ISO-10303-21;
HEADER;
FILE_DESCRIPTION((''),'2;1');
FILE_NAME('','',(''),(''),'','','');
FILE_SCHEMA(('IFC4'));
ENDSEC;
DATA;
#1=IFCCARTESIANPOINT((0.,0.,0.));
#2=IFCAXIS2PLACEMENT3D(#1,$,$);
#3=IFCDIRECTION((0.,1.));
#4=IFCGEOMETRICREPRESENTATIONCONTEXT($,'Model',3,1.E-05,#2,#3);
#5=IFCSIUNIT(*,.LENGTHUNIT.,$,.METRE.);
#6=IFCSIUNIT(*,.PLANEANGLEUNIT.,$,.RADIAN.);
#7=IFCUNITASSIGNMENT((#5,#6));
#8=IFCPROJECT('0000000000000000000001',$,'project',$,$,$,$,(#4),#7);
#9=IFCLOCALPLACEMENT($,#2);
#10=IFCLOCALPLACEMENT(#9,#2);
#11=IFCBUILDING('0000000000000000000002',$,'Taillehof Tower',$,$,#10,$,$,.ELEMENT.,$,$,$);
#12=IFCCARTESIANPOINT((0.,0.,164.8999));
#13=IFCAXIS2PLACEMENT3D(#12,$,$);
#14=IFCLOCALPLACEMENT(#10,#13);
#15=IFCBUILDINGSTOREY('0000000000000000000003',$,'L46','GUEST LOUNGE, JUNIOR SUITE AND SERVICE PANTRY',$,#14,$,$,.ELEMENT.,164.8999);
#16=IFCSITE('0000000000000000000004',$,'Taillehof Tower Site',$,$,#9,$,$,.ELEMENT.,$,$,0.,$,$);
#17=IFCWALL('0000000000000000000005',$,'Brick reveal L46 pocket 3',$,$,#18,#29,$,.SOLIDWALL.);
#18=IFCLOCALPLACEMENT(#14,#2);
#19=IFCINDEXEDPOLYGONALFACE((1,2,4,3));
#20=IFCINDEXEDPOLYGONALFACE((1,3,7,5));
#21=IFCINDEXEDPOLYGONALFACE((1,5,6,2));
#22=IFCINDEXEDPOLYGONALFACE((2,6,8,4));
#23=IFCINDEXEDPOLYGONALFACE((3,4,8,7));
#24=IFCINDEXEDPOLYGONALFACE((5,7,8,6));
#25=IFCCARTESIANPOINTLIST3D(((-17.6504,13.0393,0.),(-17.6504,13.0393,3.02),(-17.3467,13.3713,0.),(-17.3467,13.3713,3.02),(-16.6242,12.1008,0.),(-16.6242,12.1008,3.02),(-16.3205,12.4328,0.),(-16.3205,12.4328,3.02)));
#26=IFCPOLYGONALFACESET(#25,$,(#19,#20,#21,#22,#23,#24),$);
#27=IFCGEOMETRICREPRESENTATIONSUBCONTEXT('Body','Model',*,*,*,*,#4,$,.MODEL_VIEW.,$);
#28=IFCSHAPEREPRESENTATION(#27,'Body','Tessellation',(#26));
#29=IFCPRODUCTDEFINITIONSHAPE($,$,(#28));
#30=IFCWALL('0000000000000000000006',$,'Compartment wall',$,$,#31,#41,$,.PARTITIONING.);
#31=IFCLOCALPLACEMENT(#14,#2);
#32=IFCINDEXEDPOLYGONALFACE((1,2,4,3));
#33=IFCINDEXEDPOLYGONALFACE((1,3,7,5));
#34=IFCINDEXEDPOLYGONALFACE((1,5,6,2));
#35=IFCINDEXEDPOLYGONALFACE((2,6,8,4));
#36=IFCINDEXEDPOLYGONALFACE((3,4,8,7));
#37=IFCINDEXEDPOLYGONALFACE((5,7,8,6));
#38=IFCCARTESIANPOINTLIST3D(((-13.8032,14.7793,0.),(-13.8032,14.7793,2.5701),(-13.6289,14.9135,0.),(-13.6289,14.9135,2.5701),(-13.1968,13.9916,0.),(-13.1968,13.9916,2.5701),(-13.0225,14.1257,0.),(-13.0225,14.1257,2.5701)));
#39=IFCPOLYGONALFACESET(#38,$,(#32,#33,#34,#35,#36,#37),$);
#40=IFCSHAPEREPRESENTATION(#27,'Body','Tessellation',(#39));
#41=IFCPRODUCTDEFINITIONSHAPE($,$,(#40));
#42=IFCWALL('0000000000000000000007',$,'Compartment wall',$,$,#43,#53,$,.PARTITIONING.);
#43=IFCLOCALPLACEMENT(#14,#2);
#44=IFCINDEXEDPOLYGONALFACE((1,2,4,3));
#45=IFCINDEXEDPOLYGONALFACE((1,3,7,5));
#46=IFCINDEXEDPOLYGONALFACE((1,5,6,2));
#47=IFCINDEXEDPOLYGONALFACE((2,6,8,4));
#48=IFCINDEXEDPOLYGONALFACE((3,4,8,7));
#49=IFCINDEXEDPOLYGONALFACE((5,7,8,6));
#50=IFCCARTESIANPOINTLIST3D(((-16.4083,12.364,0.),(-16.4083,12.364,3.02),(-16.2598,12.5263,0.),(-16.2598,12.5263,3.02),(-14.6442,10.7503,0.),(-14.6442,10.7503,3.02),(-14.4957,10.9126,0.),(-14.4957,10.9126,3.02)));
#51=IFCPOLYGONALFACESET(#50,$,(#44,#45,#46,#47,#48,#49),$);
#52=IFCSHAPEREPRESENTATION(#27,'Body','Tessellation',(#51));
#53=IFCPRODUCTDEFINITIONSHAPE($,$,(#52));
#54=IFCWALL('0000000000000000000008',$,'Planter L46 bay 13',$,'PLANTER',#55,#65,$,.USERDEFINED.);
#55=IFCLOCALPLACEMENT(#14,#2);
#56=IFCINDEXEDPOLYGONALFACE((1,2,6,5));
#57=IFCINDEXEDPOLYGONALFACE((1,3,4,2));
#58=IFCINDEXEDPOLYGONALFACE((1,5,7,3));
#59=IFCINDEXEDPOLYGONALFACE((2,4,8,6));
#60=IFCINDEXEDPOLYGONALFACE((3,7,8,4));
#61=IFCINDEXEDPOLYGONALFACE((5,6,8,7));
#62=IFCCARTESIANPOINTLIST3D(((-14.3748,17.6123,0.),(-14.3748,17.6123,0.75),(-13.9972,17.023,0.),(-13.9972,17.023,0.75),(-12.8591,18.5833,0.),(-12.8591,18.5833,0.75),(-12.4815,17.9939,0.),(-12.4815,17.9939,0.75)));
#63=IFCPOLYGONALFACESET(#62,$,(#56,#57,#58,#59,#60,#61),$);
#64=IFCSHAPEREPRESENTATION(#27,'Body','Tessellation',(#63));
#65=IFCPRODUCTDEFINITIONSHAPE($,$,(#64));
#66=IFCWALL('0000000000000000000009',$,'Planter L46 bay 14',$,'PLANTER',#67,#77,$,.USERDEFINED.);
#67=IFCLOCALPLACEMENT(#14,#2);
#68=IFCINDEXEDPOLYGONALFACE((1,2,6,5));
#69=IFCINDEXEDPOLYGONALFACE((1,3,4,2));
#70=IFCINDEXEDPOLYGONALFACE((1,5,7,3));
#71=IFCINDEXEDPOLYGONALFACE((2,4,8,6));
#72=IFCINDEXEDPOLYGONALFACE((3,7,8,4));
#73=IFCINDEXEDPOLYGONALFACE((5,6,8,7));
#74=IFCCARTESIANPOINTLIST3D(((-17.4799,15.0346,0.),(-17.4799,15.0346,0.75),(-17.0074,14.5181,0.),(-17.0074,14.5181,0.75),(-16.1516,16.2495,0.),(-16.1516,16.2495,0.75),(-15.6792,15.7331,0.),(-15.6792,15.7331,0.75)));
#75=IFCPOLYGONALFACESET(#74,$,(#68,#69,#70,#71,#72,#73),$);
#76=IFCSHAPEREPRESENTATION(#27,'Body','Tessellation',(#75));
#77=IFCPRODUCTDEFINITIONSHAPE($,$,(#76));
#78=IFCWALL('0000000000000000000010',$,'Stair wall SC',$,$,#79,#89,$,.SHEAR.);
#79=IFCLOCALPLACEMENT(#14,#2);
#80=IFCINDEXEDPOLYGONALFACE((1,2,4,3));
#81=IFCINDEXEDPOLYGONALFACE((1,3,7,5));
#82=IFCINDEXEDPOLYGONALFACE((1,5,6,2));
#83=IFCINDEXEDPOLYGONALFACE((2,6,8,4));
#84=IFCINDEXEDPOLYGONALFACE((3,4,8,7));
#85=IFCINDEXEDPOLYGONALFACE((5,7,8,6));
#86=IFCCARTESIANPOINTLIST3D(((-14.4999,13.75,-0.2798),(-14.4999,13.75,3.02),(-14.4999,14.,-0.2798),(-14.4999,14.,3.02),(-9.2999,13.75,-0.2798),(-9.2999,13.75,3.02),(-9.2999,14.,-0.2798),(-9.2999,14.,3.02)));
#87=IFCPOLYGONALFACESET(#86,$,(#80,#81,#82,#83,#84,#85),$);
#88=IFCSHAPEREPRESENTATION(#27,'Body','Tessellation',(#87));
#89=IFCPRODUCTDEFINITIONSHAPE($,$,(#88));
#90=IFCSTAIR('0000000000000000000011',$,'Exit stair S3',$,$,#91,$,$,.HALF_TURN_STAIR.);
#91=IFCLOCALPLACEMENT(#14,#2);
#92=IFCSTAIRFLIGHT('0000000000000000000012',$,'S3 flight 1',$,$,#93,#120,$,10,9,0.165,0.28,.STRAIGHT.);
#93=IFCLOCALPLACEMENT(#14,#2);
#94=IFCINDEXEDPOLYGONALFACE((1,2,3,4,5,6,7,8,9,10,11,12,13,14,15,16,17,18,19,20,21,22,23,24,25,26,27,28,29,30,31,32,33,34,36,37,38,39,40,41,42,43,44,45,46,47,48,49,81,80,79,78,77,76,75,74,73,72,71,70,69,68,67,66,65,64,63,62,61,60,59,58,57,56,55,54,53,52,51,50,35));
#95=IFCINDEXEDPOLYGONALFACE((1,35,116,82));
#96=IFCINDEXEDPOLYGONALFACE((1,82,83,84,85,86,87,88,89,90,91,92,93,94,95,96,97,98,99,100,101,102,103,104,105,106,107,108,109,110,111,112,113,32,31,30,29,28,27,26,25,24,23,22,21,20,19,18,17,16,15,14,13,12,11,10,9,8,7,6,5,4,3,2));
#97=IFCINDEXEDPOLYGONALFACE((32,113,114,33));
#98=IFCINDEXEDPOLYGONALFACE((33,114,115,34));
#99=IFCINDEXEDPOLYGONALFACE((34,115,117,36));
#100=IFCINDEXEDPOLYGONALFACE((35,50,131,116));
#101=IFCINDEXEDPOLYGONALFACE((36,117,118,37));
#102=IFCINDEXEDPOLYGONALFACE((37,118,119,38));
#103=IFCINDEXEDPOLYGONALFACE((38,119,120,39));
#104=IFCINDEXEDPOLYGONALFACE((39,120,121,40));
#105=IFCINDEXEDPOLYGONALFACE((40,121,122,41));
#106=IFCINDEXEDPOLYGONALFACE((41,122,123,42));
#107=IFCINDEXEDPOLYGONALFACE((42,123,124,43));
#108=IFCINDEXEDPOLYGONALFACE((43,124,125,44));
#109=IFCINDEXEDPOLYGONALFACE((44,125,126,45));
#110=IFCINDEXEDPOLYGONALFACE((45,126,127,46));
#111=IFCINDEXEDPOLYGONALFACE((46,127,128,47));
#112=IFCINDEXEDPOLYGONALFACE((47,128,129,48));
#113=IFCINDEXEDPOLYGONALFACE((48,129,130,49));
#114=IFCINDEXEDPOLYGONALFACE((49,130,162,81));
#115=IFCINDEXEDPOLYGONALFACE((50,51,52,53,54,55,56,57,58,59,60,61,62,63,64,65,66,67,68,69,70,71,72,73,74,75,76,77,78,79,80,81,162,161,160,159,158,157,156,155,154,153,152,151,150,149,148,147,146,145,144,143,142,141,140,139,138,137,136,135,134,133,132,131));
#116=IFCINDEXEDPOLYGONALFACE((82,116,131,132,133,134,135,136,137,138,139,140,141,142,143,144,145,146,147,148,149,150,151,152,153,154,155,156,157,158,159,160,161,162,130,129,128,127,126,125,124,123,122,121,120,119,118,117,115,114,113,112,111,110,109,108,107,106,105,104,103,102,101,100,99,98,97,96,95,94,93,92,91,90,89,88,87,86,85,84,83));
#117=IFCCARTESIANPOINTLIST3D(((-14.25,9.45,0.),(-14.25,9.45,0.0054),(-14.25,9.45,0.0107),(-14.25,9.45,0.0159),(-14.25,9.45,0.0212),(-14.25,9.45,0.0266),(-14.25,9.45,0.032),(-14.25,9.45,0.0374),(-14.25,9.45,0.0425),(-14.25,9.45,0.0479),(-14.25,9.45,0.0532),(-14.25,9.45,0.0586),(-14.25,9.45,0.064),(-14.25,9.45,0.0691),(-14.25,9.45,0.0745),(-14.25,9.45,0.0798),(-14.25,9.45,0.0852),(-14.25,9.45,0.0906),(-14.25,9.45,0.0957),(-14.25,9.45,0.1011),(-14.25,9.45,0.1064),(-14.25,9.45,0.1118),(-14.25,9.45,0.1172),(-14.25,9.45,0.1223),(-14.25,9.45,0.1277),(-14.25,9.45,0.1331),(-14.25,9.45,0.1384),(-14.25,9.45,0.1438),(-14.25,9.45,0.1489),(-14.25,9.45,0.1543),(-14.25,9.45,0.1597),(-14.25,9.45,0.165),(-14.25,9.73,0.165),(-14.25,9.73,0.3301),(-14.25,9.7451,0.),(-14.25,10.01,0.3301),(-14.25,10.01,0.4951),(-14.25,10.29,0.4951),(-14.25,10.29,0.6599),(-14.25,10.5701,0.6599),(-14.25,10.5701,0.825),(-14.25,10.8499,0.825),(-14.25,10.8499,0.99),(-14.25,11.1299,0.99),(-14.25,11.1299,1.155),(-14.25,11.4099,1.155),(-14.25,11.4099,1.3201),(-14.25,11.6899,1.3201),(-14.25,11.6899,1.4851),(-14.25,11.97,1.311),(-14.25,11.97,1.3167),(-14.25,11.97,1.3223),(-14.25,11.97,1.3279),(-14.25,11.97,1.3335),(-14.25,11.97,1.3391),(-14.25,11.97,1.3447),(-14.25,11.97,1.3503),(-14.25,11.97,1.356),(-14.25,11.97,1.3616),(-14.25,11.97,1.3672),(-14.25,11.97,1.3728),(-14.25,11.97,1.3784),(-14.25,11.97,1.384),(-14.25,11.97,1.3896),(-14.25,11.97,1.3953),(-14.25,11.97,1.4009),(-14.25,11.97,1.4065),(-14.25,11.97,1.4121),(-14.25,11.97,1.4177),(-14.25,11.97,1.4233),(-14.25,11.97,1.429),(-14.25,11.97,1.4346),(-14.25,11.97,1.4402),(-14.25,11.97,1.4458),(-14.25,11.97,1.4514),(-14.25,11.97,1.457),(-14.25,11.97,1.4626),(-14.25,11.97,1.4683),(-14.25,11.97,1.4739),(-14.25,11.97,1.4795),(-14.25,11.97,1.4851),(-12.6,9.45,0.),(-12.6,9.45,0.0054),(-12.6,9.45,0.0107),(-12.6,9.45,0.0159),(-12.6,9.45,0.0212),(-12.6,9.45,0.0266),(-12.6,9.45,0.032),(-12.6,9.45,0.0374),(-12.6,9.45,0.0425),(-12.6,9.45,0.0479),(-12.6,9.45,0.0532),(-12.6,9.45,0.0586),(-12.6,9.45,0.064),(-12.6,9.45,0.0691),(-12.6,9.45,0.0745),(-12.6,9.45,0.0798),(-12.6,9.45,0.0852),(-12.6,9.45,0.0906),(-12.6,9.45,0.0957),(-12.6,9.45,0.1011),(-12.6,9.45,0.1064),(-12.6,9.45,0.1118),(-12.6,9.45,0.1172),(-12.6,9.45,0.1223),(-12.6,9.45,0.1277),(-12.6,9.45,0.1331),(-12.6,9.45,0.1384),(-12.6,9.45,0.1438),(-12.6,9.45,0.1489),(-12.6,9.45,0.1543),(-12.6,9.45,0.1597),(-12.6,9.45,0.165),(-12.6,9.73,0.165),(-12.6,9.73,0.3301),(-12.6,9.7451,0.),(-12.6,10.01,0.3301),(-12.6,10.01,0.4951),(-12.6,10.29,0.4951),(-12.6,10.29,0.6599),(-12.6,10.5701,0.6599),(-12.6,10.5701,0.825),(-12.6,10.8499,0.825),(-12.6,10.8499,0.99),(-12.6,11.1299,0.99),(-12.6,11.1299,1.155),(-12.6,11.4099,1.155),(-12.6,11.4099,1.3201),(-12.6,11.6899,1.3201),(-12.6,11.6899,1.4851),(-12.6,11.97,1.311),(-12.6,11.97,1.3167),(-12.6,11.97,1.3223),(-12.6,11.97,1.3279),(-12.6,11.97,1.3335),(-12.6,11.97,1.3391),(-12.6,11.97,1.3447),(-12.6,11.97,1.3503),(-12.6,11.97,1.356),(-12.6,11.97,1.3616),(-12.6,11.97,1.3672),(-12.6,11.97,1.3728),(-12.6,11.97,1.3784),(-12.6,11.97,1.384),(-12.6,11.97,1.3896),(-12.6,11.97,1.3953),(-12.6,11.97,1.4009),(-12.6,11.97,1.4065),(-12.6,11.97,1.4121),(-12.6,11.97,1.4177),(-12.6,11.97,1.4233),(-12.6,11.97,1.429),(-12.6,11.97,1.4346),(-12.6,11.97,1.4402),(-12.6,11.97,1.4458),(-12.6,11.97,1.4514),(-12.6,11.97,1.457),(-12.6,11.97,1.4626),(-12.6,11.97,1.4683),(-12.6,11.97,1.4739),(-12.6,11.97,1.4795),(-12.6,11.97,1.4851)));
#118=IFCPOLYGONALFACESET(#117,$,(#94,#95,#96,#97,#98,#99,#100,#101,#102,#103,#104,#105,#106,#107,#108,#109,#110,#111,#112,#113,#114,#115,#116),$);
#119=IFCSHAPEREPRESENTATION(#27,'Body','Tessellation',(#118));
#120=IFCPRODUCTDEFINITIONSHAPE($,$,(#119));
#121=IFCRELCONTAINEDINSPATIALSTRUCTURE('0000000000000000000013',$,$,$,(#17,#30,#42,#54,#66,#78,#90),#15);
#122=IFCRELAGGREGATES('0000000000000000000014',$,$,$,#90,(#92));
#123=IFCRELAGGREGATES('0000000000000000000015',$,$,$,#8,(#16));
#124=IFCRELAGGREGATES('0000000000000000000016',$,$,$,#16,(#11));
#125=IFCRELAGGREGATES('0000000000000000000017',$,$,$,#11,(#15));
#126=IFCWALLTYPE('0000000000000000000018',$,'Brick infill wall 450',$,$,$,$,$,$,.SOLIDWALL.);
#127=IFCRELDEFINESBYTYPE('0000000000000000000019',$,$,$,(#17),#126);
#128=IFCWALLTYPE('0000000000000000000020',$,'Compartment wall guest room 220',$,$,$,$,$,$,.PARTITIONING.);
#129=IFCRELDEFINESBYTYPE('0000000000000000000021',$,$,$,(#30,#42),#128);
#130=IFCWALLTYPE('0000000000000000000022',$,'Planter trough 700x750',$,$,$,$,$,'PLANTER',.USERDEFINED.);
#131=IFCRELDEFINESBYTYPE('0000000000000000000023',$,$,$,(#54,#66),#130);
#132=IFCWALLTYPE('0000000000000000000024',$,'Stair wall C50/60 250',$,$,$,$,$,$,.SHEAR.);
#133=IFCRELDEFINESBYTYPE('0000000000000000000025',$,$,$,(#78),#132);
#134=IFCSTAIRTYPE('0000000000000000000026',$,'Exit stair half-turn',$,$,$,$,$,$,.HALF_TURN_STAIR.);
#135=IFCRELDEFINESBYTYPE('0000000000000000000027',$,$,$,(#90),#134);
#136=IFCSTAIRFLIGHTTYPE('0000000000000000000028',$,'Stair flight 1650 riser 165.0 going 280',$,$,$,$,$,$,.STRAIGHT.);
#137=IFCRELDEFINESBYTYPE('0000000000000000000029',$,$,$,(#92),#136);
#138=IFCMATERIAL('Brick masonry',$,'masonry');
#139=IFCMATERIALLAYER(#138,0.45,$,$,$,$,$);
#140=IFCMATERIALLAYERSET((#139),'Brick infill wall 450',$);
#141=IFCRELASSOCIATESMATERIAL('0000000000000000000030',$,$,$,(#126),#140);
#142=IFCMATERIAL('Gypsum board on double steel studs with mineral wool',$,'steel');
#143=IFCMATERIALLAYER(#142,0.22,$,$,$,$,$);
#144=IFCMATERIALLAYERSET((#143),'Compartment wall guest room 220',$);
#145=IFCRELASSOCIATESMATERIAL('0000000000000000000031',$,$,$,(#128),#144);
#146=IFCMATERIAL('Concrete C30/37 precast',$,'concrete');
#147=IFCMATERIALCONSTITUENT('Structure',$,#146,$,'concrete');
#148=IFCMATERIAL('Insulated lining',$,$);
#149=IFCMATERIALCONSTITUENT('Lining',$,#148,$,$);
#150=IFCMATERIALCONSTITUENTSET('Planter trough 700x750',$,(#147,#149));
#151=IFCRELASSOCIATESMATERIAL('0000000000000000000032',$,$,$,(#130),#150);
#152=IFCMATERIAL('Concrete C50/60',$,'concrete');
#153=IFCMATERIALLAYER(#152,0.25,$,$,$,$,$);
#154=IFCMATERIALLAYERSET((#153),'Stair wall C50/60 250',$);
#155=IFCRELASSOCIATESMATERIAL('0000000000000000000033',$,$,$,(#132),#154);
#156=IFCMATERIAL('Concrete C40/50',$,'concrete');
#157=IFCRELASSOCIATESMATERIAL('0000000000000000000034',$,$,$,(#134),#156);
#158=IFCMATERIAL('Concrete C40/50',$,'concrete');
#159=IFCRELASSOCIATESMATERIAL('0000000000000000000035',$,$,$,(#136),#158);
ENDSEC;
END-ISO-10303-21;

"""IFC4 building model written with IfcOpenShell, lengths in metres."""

from ifc_helpers import new_model, si_unit, direction, frame, frame_2d, origin, place, context, subcontext, project, spatial, polyline, rectangle, outline, extrude, material, layer, layer_set, constituent, constituent_set, type_object, element, aggregate, save


model = new_model("IFC4")

# Units and contexts
model_context = context("Model", 3, precision=1e-05, world=origin(), true_north=direction((0.0, 1.0)))
body_context = subcontext(model_context, "Body", "Model", "MODEL_VIEW")
ifc_project = project(units=[si_unit("LENGTHUNIT", "METRE"), si_unit("PLANEANGLEUNIT", "RADIAN")], contexts=[model_context])

# Site, building, storey
site_placement = place(None, origin())
site = spatial("IfcSite", under=ifc_project, at=site_placement, Name="Taillehof Tower Site", CompositionType="ELEMENT", RefElevation=0.0)
building_placement = place(site_placement, origin())
building = spatial("IfcBuilding", under=site, at=building_placement, Name="Taillehof Tower", CompositionType="ELEMENT")
storey_placement = place(building_placement, frame((0.0, 0.0, 164.8999)))
storey = spatial("IfcBuildingStorey", under=building, at=storey_placement, Name="L46", Description="GUEST LOUNGE, JUNIOR SUITE AND SERVICE PANTRY", CompositionType="ELEMENT", Elevation=164.8999)

# Shared definitions
ifc_material_1 = material(Name="Brick masonry", Category="masonry")
ifc_layer_1 = layer(ifc_material_1, 0.45)
ifc_layer_set_1 = layer_set([ifc_layer_1], Name="Brick infill wall 450")
wall_type_1 = type_object("IfcWallType", Name="Brick infill wall 450", PredefinedType="SOLIDWALL", material=ifc_layer_set_1)

# Wall
wall_1_placement = place(storey_placement, frame((-17.4985, 13.2053, 0.0), z_axis=(0.0, 0.0, 1.0), x_axis=(0.737919, -0.674889, 0.0)))
element("IfcWall", 1, at=wall_1_placement, inside=storey, type_object=wall_type_1, Name="Brick reveal L46 pocket 3", PredefinedType="SOLIDWALL", context=body_context, shape_type="SweptSolid", body=[
    extrude(rectangle(XDim=1.3906, YDim=0.45, at=frame_2d((0.6953, 0.0))), origin(), (0.0, 0.0, 1.0), 3.02),
])

# Walls
ifc_material_2 = material(Name="Gypsum board on double steel studs with mineral wool", Category="steel")
ifc_layer_2 = layer(ifc_material_2, 0.22)
ifc_layer_set_2 = layer_set([ifc_layer_2], Name="Compartment wall guest room 220")
wall_type_2 = type_object("IfcWallType", Name="Compartment wall guest room 220", PredefinedType="PARTITIONING", material=ifc_layer_set_2)
wall_2_placement = place(storey_placement, frame((-13.7161, 14.8464, 0.0), z_axis=(0.0, 0.0, 1.0), x_axis=(0.609972, -0.792423, 0.0)))
element("IfcWall", 2, at=wall_2_placement, inside=storey, type_object=wall_type_2, Name="Compartment wall", PredefinedType="PARTITIONING", context=body_context, shape_type="SweptSolid", body=[
    extrude(rectangle(XDim=0.9941, YDim=0.22, at=frame_2d((0.4971, 0.0))), origin(), (0.0, 0.0, 1.0), 2.5701),
])
wall_3_placement = place(storey_placement, frame((-16.334, 12.4451, 0.0), z_axis=(0.0, 0.0, 1.0), x_axis=(0.737857, -0.674957, 0.0)))
element("IfcWall", 3, at=wall_3_placement, inside=storey, type_object=wall_type_2, Name="Compartment wall", PredefinedType="PARTITIONING", context=body_context, shape_type="SweptSolid", body=[
    extrude(rectangle(XDim=2.3909, YDim=0.22, at=frame_2d((1.1953, 0.0))), origin(), (0.0, 0.0, 1.0), 3.02),
])
ifc_material_3 = material(Name="Concrete C30/37 precast", Category="concrete")
ifc_constituent_1 = constituent(ifc_material_3, Name="Structure", Category="concrete")
ifc_material_4 = material(Name="Insulated lining")
ifc_constituent_2 = constituent(ifc_material_4, Name="Lining")
ifc_constituent_set = constituent_set(constituents=[ifc_constituent_1, ifc_constituent_2], Name="Planter trough 700x750")
wall_type_3 = type_object("IfcWallType", Name="Planter trough 700x750", ElementType="PLANTER", PredefinedType="USERDEFINED", material=ifc_constituent_set)
for number, where, z_axis, x_axis, name in (
    (4, (-12.6704, 18.2886, 0.0), (0.0, 0.0, 1.0), (-0.842032, -0.539427, 0.0), "Planter L46 bay 13"),
    (5, (-15.9155, 15.9912, 0.0), (0.0, 0.0, 1.0), (-0.737874, -0.674938, 0.0), "Planter L46 bay 14"),
):
    element("IfcWall", number, at=place(storey_placement, frame(where, z_axis=z_axis, x_axis=x_axis)), inside=storey, type_object=wall_type_3, Name=name, ObjectType="PLANTER", PredefinedType="USERDEFINED", context=body_context, shape_type="SweptSolid", body=[
        extrude(rectangle(XDim=1.8, YDim=0.7, at=frame_2d((0.8999, 0.0))), origin(), (0.0, 0.0, 1.0), 0.75),
    ])
ifc_material_5 = material(Name="Concrete C50/60", Category="concrete")
ifc_layer_3 = layer(ifc_material_5, 0.25)
ifc_layer_set_3 = layer_set([ifc_layer_3], Name="Stair wall C50/60 250")
wall_type_4 = type_object("IfcWallType", Name="Stair wall C50/60 250", PredefinedType="SHEAR", material=ifc_layer_set_3)
wall_4_placement = place(storey_placement, frame((-14.5, 13.875, -0.2798), z_axis=(0.0, 0.0, 1.0), x_axis=(1.0, 0.0, 0.0)))
element("IfcWall", 6, at=wall_4_placement, inside=storey, type_object=wall_type_4, Name="Stair wall SC", PredefinedType="SHEAR", context=body_context, shape_type="SweptSolid", body=[
    extrude(rectangle(XDim=5.2, YDim=0.25, at=frame_2d((2.6001, 0.0))), origin(), (0.0, 0.0, 1.0), 3.2998),
])

# Stair, stair flight
ifc_material_6 = material(Name="Concrete C40/50", Category="concrete")
stair_type = type_object("IfcStairType", Name="Exit stair half-turn", PredefinedType="HALF_TURN_STAIR", material=ifc_material_6)
stair_placement = place(storey_placement, origin())
stair = element("IfcStair", 7, at=stair_placement, inside=storey, type_object=stair_type, Name="Exit stair S3", PredefinedType="HALF_TURN_STAIR")
ifc_material_7 = material(Name="Concrete C40/50", Category="concrete")
stair_flight_type = type_object("IfcStairFlightType", Name="Stair flight 1650 riser 165.0 going 280", PredefinedType="STRAIGHT", material=ifc_material_7)
stair_flight_placement = place(storey_placement, frame((-13.425, 9.45, 0.0), z_axis=(0.0, 0.0, 1.0), x_axis=(0.0, 1.0, 0.0)))
stair_flight = element("IfcStairFlight", 8, at=stair_flight_placement, type_object=stair_flight_type, Name="S3 flight 1", NumberOfRisers=10, NumberOfTreads=9, PredefinedType="STRAIGHT", RiserHeight=0.165, TreadLength=0.28, context=body_context, shape_type="SweptSolid", body=[
    extrude(outline(polyline([(0.0, 0.0), (0.0, 0.0054), (0.0, 0.0107), (0.0, 0.0159), (0.0, 0.0212), (0.0, 0.0266), (0.0, 0.032), (0.0, 0.0374), (0.0, 0.0425), (0.0, 0.0479), (0.0, 0.0532), (0.0, 0.0586), (0.0, 0.064), (0.0, 0.0691), (0.0, 0.0745), (0.0, 0.0798), (0.0, 0.0852), (0.0, 0.0906), (0.0, 0.0957), (0.0, 0.1011), (0.0, 0.1064), (0.0, 0.1118), (0.0, 0.1172), (0.0, 0.1223), (0.0, 0.1277), (0.0, 0.1331), (0.0, 0.1384), (0.0, 0.1438), (0.0, 0.1489), (0.0, 0.1543), (0.0, 0.1597), (0.0, 0.165), (0.28, 0.165), (0.28, 0.3301), (0.5601, 0.3301), (0.5601, 0.4951), (0.8401, 0.4951), (0.8401, 0.6599), (1.1201, 0.6599), (1.1201, 0.825), (1.3999, 0.825), (1.3999, 0.99), (1.6799, 0.99), (1.6799, 1.155), (1.96, 1.155), (1.96, 1.3201), (2.24, 1.3201), (2.24, 1.4851), (2.52, 1.4851), (2.52, 1.4795), (2.52, 1.4739), (2.52, 1.4683), (2.52, 1.4626), (2.52, 1.457), (2.52, 1.4514), (2.52, 1.4458), (2.52, 1.4402), (2.52, 1.4346), (2.52, 1.429), (2.52, 1.4233), (2.52, 1.4177), (2.52, 1.4121), (2.52, 1.4065), (2.52, 1.4009), (2.52, 1.3953), (2.52, 1.3896), (2.52, 1.384), (2.52, 1.3784), (2.52, 1.3728), (2.52, 1.3672), (2.52, 1.3616), (2.52, 1.356), (2.52, 1.3503), (2.52, 1.3447), (2.52, 1.3391), (2.52, 1.3335), (2.52, 1.3279), (2.52, 1.3223), (2.52, 1.3167), (2.52, 1.311), (0.2952, 0.0), (0.0, 0.0)])), frame((0.0, 0.825, 0.0), z_axis=(0.0, -1.0, 0.0), x_axis=(1.0, 0.0, 0.0)), (0.0, 0.0, 1.0), 1.65),
])
aggregate(stair, [stair_flight])

save(model, "model.ifc")
